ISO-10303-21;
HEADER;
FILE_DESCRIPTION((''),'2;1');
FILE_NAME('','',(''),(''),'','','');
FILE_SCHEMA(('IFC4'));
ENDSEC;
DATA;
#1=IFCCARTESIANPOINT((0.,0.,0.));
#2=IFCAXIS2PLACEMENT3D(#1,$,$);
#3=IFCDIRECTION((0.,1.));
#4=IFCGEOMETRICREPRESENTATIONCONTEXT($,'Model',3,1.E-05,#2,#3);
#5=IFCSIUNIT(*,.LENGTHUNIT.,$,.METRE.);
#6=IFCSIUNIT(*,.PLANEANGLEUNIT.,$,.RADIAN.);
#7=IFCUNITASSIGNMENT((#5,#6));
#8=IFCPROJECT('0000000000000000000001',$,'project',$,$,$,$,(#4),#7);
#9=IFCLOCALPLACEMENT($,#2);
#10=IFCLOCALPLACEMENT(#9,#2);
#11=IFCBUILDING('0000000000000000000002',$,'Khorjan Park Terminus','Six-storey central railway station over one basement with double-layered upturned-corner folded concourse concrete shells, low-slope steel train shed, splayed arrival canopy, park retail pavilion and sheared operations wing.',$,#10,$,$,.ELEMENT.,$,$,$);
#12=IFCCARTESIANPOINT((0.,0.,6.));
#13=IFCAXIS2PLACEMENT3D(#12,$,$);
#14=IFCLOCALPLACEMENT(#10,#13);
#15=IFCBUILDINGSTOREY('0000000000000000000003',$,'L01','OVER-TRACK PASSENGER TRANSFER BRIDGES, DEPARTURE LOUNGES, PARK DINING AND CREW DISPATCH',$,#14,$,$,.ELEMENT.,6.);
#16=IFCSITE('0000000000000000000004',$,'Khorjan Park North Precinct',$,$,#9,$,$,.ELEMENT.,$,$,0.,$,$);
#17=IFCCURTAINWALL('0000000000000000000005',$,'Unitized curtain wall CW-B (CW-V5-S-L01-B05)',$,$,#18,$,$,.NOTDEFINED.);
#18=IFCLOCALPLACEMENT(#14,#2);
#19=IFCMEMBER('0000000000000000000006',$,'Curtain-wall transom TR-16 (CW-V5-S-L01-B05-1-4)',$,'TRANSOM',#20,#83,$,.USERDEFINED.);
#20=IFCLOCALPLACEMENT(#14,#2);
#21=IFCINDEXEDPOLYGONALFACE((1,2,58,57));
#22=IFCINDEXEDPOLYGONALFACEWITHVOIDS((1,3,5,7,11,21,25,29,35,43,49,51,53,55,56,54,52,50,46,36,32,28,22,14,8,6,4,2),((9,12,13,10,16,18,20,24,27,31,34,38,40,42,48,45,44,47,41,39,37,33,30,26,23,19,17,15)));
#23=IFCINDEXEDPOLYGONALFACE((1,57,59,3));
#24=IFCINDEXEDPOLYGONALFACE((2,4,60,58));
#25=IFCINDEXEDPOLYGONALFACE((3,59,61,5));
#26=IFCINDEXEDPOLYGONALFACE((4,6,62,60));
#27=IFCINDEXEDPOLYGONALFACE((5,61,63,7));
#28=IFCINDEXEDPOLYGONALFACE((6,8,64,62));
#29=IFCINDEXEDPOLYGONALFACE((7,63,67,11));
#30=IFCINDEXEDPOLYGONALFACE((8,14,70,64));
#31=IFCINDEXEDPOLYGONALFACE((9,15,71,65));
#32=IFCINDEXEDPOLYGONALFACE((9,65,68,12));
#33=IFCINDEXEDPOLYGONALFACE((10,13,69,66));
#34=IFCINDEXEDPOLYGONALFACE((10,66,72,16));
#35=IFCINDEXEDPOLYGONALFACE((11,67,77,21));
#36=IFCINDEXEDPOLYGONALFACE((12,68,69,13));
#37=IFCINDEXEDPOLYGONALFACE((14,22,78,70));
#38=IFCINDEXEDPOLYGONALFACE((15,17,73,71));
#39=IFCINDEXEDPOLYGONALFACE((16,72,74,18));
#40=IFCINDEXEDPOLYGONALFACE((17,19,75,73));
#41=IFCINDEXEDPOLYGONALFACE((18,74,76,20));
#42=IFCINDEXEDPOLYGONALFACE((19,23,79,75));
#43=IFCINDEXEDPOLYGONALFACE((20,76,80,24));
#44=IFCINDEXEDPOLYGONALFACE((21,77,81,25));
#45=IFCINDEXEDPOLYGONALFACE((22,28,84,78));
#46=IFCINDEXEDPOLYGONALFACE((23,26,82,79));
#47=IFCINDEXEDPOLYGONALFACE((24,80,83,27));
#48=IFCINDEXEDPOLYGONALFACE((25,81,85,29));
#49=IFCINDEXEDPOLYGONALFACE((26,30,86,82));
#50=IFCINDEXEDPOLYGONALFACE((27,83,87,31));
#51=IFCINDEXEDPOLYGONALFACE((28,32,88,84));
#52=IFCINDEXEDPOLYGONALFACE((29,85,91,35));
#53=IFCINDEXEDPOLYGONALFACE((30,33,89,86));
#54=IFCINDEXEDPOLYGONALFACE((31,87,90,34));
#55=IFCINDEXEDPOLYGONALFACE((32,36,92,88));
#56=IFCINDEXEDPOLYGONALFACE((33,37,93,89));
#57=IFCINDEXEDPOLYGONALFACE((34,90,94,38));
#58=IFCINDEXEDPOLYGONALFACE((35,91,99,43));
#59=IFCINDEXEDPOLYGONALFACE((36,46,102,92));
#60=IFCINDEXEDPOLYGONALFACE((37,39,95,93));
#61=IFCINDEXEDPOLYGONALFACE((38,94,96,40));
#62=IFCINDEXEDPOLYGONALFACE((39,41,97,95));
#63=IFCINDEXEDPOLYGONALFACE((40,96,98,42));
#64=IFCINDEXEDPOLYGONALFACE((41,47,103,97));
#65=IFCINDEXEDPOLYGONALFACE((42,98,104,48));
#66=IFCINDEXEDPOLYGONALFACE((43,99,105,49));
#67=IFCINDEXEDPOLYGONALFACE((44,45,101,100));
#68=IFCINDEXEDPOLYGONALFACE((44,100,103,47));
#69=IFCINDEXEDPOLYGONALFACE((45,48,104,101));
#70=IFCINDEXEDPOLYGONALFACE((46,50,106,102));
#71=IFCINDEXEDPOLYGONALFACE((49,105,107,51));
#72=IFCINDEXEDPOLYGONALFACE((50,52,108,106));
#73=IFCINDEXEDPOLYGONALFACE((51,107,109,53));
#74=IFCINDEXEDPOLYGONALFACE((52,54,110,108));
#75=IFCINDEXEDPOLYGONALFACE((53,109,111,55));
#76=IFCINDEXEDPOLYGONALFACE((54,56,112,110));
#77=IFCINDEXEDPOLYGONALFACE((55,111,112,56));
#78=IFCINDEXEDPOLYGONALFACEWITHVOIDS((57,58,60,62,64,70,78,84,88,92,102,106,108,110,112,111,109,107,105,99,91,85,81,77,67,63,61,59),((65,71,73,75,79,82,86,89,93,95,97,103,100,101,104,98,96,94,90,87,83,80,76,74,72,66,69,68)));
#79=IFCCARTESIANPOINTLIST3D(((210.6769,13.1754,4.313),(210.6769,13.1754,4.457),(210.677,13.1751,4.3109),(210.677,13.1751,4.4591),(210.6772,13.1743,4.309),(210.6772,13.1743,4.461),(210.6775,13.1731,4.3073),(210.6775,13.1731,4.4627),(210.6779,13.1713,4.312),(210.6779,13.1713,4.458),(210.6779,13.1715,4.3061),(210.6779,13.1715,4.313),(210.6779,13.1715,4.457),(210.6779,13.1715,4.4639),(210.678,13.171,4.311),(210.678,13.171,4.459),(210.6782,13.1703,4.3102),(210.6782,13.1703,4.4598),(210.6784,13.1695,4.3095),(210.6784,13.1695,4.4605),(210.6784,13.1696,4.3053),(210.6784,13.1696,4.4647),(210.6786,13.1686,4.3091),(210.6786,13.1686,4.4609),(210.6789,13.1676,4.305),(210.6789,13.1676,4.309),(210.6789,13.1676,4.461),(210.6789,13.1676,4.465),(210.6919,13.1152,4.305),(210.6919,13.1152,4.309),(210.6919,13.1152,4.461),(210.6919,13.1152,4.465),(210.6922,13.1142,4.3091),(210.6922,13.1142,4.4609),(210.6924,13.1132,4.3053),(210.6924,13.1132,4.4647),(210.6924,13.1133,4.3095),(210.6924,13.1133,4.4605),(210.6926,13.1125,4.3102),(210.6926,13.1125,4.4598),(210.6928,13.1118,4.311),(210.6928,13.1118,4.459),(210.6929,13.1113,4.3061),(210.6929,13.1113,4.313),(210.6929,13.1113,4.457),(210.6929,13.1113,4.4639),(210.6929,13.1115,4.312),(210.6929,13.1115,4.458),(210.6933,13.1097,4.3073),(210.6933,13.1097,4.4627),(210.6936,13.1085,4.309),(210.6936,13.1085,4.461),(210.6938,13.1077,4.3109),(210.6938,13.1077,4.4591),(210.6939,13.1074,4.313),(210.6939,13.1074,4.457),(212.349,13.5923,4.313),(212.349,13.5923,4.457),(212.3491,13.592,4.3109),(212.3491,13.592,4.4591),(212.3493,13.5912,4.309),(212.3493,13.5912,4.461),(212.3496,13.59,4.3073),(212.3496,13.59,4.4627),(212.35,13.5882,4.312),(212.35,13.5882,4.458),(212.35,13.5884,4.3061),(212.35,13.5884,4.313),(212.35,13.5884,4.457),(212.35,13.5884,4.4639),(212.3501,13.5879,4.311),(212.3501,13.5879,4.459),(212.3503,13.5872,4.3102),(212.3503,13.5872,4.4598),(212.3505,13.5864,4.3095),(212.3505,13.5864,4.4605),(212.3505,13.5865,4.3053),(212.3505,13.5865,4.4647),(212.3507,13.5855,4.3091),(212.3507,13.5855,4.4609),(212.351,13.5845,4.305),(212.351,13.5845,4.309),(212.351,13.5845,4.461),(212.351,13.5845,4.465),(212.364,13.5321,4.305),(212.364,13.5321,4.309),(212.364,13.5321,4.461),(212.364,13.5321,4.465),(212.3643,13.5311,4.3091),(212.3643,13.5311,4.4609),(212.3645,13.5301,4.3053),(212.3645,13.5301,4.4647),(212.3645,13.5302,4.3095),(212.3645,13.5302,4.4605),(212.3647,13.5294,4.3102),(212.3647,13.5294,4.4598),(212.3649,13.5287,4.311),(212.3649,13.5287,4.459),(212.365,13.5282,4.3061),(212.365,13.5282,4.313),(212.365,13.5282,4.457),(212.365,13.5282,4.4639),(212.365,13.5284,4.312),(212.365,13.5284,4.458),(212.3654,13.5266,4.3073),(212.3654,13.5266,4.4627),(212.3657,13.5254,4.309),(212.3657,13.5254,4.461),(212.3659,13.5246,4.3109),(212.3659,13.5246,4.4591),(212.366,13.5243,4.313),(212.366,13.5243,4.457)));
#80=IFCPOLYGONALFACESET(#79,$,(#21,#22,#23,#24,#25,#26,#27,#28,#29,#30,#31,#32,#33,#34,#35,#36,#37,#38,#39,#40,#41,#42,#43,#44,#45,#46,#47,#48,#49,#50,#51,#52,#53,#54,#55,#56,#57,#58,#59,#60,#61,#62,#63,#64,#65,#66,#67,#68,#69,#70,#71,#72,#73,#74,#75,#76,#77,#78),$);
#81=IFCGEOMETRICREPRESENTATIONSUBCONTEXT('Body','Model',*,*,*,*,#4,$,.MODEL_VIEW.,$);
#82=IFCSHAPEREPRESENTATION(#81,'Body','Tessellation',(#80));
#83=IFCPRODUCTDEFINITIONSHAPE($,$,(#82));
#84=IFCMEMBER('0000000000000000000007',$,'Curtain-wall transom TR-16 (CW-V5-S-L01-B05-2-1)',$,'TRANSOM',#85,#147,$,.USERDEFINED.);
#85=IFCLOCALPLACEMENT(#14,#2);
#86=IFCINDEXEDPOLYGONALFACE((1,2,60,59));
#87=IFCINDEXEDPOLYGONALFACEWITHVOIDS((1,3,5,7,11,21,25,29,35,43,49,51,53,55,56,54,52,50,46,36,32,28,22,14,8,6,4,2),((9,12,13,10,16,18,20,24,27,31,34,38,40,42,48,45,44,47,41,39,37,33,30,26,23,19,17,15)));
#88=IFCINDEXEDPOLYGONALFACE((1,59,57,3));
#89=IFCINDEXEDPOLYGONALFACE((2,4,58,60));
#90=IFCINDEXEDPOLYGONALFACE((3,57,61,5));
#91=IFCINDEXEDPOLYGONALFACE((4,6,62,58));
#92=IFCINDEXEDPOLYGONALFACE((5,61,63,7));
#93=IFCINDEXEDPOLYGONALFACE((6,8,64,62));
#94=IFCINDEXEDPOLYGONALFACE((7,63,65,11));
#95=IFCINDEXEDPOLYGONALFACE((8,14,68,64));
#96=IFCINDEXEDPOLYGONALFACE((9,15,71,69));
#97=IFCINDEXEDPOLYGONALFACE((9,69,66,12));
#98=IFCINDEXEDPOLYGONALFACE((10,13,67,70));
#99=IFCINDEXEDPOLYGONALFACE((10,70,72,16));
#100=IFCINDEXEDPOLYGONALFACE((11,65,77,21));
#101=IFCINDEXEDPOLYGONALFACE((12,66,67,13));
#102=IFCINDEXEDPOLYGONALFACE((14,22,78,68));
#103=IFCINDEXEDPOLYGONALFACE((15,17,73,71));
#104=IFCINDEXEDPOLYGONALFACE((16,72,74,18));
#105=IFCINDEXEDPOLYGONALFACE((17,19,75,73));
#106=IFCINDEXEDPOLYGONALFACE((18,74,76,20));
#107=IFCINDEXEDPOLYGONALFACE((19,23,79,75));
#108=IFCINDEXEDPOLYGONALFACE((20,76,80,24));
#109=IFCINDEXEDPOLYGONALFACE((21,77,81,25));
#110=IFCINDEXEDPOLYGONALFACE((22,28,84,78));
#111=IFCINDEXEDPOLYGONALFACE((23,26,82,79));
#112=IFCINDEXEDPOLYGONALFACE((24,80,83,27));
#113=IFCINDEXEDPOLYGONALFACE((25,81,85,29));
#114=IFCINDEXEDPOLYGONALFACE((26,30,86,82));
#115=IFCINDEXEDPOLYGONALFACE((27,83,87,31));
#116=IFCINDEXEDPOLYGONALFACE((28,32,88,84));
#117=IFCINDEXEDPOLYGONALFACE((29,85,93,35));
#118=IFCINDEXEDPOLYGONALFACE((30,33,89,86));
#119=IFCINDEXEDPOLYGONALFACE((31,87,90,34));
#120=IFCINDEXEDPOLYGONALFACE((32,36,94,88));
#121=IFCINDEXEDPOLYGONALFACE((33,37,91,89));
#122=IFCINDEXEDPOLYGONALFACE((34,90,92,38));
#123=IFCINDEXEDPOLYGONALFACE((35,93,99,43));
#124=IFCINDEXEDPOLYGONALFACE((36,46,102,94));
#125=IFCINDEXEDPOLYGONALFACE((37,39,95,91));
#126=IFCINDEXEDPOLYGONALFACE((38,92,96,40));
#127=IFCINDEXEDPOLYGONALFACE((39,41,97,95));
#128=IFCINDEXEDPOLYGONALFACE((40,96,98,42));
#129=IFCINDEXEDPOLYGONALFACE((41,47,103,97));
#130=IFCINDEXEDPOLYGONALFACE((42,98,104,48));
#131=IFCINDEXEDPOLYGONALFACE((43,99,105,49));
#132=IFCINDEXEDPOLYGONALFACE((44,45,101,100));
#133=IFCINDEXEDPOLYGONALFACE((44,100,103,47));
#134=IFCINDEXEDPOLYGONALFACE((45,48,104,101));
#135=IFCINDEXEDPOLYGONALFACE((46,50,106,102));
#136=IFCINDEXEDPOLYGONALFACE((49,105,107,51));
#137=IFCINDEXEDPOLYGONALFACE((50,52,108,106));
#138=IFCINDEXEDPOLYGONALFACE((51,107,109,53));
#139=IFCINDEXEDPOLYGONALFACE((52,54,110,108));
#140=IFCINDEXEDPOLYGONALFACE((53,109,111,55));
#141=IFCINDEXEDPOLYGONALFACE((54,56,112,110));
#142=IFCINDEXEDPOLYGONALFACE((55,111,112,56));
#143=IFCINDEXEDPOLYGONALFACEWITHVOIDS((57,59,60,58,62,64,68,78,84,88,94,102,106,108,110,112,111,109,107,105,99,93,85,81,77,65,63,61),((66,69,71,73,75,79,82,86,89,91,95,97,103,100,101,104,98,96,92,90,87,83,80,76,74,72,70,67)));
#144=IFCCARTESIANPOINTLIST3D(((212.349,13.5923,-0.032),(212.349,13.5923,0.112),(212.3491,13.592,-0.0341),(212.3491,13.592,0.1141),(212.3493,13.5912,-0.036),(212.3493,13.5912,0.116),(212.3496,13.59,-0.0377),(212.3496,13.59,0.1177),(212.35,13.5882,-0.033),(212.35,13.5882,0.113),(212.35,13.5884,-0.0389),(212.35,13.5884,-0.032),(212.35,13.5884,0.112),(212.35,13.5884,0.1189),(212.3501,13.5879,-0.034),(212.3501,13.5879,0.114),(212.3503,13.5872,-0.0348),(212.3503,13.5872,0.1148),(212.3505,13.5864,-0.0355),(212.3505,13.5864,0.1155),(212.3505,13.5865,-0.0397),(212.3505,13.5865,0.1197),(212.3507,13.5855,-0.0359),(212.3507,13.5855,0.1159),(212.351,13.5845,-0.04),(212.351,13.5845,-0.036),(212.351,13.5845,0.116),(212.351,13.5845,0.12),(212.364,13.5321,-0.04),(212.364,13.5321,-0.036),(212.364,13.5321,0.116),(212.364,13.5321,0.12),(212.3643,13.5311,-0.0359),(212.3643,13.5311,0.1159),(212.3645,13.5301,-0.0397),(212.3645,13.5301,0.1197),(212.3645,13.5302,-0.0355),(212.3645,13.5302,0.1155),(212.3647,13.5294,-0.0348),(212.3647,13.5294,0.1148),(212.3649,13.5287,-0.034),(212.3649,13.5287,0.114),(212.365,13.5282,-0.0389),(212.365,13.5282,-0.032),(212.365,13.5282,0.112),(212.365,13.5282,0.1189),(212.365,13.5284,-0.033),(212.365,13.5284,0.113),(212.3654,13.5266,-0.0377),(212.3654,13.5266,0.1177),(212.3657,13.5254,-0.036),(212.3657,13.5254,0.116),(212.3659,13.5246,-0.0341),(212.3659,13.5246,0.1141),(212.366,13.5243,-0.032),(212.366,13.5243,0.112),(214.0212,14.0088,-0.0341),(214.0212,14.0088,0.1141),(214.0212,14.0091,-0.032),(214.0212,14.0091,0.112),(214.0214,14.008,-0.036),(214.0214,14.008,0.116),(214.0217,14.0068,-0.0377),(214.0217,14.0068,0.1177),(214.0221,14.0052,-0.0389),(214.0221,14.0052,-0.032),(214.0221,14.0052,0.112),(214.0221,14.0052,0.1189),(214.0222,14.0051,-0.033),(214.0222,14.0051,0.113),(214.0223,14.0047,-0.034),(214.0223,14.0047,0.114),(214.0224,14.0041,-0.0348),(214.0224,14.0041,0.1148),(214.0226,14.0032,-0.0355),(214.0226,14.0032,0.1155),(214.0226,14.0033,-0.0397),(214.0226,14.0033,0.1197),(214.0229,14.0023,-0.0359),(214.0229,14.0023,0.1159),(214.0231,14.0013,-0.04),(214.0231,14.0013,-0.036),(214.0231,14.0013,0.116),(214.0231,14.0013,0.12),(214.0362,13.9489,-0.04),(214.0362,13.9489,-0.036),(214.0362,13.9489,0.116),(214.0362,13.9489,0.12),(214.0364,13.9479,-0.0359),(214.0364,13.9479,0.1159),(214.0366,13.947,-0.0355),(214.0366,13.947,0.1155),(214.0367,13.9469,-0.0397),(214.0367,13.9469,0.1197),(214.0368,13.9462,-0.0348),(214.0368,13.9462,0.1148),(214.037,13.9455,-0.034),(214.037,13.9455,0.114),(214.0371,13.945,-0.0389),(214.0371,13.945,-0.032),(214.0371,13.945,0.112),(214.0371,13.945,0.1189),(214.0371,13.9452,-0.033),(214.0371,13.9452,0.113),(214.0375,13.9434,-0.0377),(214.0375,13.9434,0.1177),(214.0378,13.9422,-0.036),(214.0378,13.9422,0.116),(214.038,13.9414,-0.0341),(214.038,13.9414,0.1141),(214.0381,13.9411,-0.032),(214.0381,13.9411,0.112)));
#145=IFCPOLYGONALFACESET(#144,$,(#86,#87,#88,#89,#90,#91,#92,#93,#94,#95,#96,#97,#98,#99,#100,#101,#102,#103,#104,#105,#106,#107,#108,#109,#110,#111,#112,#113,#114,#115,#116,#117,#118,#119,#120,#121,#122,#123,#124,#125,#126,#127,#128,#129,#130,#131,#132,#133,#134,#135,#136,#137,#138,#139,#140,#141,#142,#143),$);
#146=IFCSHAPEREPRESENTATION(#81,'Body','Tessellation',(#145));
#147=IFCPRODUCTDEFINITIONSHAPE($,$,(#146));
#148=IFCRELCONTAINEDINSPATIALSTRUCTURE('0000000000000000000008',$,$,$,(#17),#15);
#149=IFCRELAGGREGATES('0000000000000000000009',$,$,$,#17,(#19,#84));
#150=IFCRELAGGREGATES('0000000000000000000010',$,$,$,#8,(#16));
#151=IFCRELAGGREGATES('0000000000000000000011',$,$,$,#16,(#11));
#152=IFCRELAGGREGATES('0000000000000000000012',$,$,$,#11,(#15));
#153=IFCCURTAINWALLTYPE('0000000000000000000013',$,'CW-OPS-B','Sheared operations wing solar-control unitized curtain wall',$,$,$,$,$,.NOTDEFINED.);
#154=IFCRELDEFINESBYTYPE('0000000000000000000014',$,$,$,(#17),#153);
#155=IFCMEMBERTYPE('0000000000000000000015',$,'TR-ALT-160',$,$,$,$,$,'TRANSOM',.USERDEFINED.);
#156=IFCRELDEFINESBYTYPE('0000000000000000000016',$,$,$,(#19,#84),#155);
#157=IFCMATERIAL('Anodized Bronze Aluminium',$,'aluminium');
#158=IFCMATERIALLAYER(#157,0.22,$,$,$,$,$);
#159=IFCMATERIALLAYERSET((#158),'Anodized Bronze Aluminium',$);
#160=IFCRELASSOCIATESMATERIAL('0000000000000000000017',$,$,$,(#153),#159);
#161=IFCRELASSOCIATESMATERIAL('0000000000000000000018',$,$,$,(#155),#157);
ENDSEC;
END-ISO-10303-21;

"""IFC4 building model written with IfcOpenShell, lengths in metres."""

from ifc_helpers import new_model, si_unit, direction, frame, origin, origin_2d, place, context, subcontext, project, spatial, hollow_rectangle, extrude, material, layer, layer_set, material_profile, profile_set, type_object, element, aggregate, save


model = new_model("IFC4")

# Units and contexts
model_context = context("Model", 3, precision=1e-05, world=origin(), true_north=direction((0.0, 1.0)))
body_context = subcontext(model_context, "Body", "Model", "MODEL_VIEW")
ifc_project = project(units=[si_unit("LENGTHUNIT", "METRE"), si_unit("PLANEANGLEUNIT", "RADIAN")], contexts=[model_context])

# Site, building, storey
site_placement = place(None, origin())
site = spatial("IfcSite", under=ifc_project, at=site_placement, Name="Khorjan Park North Precinct", CompositionType="ELEMENT", RefElevation=0.0)
building_placement = place(site_placement, origin())
building = spatial("IfcBuilding", under=site, at=building_placement, Name="Khorjan Park Terminus", Description="Six-storey central railway station over one basement with double-layered upturned-corner folded concourse concrete shells, low-slope steel train shed, splayed arrival canopy, park retail pavilion and sheared operations wing.", CompositionType="ELEMENT")
storey_placement = place(building_placement, frame((0.0, 0.0, 6.0)))
storey = spatial("IfcBuildingStorey", under=building, at=storey_placement, Name="L01", Description="OVER-TRACK PASSENGER TRANSFER BRIDGES, DEPARTURE LOUNGES, PARK DINING AND CREW DISPATCH", CompositionType="ELEMENT", Elevation=6.0)

# Curtain wall, members
ifc_material_1 = material(Name="Anodized Bronze Aluminium", Category="aluminium")
ifc_layer_1 = layer(ifc_material_1, 0.22)
ifc_layer_set_1 = layer_set([ifc_layer_1], Name="Anodized Bronze Aluminium")
curtain_wall_type = type_object("IfcCurtainWallType", Name="CW-OPS-B", Description="Sheared operations wing solar-control unitized curtain wall", PredefinedType="NOTDEFINED", material=ifc_layer_set_1)
curtain_wall_placement = place(storey_placement, origin())
curtain_wall = element("IfcCurtainWall", 1, at=curtain_wall_placement, inside=storey, type_object=curtain_wall_type, Name="Unitized curtain wall CW-B (CW-V5-S-L01-B05)", PredefinedType="NOTDEFINED")
ifc_material_profile_1 = material_profile(ifc_material_1, hollow_rectangle(XDim=0.07, YDim=0.16, WallThickness=0.004, InnerFilletRadius=0.004, OuterFilletRadius=0.008, at=origin_2d()), Name="ALT 70x160x4")
ifc_profile_set_1 = profile_set([ifc_material_profile_1], Name="Anodized Bronze Aluminium")
member_type_1 = type_object("IfcMemberType", Name="TR-ALT-160", ElementType="TRANSOM", PredefinedType="USERDEFINED", material=ifc_profile_set_1)
member_1_placement = place(storey_placement, frame((210.6854, 13.1414, 4.385), z_axis=(0.970296, 0.241921, 0.0), x_axis=(-0.241921, 0.970296, 0.0)))
member_1 = element("IfcMember", 2, at=member_1_placement, type_object=member_type_1, Name="Curtain-wall transom TR-16 (CW-V5-S-L01-B05-1-4)", ObjectType="TRANSOM", PredefinedType="USERDEFINED", context=body_context, shape_type="SweptSolid", body=[
    extrude(hollow_rectangle(XDim=0.07, YDim=0.16, WallThickness=0.004, InnerFilletRadius=0.004, OuterFilletRadius=0.008, at=origin_2d()), origin(), (0.0, 0.0, 1.0), 1.7233),
])
member_2_placement = place(storey_placement, frame((212.3575, 13.5583, 0.04), z_axis=(0.97031, 0.241867, 0.0), x_axis=(-0.241867, 0.97031, 0.0)))
member_2 = element("IfcMember", 3, at=member_2_placement, type_object=member_type_1, Name="Curtain-wall transom TR-16 (CW-V5-S-L01-B05-2-1)", ObjectType="TRANSOM", PredefinedType="USERDEFINED", context=body_context, shape_type="SweptSolid", body=[
    extrude(hollow_rectangle(XDim=0.07, YDim=0.16, WallThickness=0.004, InnerFilletRadius=0.004, OuterFilletRadius=0.008, at=origin_2d()), origin(), (0.0, 0.0, 1.0), 1.7233),
])
aggregate(curtain_wall, [member_1, member_2])

save(model, "model.ifc")
